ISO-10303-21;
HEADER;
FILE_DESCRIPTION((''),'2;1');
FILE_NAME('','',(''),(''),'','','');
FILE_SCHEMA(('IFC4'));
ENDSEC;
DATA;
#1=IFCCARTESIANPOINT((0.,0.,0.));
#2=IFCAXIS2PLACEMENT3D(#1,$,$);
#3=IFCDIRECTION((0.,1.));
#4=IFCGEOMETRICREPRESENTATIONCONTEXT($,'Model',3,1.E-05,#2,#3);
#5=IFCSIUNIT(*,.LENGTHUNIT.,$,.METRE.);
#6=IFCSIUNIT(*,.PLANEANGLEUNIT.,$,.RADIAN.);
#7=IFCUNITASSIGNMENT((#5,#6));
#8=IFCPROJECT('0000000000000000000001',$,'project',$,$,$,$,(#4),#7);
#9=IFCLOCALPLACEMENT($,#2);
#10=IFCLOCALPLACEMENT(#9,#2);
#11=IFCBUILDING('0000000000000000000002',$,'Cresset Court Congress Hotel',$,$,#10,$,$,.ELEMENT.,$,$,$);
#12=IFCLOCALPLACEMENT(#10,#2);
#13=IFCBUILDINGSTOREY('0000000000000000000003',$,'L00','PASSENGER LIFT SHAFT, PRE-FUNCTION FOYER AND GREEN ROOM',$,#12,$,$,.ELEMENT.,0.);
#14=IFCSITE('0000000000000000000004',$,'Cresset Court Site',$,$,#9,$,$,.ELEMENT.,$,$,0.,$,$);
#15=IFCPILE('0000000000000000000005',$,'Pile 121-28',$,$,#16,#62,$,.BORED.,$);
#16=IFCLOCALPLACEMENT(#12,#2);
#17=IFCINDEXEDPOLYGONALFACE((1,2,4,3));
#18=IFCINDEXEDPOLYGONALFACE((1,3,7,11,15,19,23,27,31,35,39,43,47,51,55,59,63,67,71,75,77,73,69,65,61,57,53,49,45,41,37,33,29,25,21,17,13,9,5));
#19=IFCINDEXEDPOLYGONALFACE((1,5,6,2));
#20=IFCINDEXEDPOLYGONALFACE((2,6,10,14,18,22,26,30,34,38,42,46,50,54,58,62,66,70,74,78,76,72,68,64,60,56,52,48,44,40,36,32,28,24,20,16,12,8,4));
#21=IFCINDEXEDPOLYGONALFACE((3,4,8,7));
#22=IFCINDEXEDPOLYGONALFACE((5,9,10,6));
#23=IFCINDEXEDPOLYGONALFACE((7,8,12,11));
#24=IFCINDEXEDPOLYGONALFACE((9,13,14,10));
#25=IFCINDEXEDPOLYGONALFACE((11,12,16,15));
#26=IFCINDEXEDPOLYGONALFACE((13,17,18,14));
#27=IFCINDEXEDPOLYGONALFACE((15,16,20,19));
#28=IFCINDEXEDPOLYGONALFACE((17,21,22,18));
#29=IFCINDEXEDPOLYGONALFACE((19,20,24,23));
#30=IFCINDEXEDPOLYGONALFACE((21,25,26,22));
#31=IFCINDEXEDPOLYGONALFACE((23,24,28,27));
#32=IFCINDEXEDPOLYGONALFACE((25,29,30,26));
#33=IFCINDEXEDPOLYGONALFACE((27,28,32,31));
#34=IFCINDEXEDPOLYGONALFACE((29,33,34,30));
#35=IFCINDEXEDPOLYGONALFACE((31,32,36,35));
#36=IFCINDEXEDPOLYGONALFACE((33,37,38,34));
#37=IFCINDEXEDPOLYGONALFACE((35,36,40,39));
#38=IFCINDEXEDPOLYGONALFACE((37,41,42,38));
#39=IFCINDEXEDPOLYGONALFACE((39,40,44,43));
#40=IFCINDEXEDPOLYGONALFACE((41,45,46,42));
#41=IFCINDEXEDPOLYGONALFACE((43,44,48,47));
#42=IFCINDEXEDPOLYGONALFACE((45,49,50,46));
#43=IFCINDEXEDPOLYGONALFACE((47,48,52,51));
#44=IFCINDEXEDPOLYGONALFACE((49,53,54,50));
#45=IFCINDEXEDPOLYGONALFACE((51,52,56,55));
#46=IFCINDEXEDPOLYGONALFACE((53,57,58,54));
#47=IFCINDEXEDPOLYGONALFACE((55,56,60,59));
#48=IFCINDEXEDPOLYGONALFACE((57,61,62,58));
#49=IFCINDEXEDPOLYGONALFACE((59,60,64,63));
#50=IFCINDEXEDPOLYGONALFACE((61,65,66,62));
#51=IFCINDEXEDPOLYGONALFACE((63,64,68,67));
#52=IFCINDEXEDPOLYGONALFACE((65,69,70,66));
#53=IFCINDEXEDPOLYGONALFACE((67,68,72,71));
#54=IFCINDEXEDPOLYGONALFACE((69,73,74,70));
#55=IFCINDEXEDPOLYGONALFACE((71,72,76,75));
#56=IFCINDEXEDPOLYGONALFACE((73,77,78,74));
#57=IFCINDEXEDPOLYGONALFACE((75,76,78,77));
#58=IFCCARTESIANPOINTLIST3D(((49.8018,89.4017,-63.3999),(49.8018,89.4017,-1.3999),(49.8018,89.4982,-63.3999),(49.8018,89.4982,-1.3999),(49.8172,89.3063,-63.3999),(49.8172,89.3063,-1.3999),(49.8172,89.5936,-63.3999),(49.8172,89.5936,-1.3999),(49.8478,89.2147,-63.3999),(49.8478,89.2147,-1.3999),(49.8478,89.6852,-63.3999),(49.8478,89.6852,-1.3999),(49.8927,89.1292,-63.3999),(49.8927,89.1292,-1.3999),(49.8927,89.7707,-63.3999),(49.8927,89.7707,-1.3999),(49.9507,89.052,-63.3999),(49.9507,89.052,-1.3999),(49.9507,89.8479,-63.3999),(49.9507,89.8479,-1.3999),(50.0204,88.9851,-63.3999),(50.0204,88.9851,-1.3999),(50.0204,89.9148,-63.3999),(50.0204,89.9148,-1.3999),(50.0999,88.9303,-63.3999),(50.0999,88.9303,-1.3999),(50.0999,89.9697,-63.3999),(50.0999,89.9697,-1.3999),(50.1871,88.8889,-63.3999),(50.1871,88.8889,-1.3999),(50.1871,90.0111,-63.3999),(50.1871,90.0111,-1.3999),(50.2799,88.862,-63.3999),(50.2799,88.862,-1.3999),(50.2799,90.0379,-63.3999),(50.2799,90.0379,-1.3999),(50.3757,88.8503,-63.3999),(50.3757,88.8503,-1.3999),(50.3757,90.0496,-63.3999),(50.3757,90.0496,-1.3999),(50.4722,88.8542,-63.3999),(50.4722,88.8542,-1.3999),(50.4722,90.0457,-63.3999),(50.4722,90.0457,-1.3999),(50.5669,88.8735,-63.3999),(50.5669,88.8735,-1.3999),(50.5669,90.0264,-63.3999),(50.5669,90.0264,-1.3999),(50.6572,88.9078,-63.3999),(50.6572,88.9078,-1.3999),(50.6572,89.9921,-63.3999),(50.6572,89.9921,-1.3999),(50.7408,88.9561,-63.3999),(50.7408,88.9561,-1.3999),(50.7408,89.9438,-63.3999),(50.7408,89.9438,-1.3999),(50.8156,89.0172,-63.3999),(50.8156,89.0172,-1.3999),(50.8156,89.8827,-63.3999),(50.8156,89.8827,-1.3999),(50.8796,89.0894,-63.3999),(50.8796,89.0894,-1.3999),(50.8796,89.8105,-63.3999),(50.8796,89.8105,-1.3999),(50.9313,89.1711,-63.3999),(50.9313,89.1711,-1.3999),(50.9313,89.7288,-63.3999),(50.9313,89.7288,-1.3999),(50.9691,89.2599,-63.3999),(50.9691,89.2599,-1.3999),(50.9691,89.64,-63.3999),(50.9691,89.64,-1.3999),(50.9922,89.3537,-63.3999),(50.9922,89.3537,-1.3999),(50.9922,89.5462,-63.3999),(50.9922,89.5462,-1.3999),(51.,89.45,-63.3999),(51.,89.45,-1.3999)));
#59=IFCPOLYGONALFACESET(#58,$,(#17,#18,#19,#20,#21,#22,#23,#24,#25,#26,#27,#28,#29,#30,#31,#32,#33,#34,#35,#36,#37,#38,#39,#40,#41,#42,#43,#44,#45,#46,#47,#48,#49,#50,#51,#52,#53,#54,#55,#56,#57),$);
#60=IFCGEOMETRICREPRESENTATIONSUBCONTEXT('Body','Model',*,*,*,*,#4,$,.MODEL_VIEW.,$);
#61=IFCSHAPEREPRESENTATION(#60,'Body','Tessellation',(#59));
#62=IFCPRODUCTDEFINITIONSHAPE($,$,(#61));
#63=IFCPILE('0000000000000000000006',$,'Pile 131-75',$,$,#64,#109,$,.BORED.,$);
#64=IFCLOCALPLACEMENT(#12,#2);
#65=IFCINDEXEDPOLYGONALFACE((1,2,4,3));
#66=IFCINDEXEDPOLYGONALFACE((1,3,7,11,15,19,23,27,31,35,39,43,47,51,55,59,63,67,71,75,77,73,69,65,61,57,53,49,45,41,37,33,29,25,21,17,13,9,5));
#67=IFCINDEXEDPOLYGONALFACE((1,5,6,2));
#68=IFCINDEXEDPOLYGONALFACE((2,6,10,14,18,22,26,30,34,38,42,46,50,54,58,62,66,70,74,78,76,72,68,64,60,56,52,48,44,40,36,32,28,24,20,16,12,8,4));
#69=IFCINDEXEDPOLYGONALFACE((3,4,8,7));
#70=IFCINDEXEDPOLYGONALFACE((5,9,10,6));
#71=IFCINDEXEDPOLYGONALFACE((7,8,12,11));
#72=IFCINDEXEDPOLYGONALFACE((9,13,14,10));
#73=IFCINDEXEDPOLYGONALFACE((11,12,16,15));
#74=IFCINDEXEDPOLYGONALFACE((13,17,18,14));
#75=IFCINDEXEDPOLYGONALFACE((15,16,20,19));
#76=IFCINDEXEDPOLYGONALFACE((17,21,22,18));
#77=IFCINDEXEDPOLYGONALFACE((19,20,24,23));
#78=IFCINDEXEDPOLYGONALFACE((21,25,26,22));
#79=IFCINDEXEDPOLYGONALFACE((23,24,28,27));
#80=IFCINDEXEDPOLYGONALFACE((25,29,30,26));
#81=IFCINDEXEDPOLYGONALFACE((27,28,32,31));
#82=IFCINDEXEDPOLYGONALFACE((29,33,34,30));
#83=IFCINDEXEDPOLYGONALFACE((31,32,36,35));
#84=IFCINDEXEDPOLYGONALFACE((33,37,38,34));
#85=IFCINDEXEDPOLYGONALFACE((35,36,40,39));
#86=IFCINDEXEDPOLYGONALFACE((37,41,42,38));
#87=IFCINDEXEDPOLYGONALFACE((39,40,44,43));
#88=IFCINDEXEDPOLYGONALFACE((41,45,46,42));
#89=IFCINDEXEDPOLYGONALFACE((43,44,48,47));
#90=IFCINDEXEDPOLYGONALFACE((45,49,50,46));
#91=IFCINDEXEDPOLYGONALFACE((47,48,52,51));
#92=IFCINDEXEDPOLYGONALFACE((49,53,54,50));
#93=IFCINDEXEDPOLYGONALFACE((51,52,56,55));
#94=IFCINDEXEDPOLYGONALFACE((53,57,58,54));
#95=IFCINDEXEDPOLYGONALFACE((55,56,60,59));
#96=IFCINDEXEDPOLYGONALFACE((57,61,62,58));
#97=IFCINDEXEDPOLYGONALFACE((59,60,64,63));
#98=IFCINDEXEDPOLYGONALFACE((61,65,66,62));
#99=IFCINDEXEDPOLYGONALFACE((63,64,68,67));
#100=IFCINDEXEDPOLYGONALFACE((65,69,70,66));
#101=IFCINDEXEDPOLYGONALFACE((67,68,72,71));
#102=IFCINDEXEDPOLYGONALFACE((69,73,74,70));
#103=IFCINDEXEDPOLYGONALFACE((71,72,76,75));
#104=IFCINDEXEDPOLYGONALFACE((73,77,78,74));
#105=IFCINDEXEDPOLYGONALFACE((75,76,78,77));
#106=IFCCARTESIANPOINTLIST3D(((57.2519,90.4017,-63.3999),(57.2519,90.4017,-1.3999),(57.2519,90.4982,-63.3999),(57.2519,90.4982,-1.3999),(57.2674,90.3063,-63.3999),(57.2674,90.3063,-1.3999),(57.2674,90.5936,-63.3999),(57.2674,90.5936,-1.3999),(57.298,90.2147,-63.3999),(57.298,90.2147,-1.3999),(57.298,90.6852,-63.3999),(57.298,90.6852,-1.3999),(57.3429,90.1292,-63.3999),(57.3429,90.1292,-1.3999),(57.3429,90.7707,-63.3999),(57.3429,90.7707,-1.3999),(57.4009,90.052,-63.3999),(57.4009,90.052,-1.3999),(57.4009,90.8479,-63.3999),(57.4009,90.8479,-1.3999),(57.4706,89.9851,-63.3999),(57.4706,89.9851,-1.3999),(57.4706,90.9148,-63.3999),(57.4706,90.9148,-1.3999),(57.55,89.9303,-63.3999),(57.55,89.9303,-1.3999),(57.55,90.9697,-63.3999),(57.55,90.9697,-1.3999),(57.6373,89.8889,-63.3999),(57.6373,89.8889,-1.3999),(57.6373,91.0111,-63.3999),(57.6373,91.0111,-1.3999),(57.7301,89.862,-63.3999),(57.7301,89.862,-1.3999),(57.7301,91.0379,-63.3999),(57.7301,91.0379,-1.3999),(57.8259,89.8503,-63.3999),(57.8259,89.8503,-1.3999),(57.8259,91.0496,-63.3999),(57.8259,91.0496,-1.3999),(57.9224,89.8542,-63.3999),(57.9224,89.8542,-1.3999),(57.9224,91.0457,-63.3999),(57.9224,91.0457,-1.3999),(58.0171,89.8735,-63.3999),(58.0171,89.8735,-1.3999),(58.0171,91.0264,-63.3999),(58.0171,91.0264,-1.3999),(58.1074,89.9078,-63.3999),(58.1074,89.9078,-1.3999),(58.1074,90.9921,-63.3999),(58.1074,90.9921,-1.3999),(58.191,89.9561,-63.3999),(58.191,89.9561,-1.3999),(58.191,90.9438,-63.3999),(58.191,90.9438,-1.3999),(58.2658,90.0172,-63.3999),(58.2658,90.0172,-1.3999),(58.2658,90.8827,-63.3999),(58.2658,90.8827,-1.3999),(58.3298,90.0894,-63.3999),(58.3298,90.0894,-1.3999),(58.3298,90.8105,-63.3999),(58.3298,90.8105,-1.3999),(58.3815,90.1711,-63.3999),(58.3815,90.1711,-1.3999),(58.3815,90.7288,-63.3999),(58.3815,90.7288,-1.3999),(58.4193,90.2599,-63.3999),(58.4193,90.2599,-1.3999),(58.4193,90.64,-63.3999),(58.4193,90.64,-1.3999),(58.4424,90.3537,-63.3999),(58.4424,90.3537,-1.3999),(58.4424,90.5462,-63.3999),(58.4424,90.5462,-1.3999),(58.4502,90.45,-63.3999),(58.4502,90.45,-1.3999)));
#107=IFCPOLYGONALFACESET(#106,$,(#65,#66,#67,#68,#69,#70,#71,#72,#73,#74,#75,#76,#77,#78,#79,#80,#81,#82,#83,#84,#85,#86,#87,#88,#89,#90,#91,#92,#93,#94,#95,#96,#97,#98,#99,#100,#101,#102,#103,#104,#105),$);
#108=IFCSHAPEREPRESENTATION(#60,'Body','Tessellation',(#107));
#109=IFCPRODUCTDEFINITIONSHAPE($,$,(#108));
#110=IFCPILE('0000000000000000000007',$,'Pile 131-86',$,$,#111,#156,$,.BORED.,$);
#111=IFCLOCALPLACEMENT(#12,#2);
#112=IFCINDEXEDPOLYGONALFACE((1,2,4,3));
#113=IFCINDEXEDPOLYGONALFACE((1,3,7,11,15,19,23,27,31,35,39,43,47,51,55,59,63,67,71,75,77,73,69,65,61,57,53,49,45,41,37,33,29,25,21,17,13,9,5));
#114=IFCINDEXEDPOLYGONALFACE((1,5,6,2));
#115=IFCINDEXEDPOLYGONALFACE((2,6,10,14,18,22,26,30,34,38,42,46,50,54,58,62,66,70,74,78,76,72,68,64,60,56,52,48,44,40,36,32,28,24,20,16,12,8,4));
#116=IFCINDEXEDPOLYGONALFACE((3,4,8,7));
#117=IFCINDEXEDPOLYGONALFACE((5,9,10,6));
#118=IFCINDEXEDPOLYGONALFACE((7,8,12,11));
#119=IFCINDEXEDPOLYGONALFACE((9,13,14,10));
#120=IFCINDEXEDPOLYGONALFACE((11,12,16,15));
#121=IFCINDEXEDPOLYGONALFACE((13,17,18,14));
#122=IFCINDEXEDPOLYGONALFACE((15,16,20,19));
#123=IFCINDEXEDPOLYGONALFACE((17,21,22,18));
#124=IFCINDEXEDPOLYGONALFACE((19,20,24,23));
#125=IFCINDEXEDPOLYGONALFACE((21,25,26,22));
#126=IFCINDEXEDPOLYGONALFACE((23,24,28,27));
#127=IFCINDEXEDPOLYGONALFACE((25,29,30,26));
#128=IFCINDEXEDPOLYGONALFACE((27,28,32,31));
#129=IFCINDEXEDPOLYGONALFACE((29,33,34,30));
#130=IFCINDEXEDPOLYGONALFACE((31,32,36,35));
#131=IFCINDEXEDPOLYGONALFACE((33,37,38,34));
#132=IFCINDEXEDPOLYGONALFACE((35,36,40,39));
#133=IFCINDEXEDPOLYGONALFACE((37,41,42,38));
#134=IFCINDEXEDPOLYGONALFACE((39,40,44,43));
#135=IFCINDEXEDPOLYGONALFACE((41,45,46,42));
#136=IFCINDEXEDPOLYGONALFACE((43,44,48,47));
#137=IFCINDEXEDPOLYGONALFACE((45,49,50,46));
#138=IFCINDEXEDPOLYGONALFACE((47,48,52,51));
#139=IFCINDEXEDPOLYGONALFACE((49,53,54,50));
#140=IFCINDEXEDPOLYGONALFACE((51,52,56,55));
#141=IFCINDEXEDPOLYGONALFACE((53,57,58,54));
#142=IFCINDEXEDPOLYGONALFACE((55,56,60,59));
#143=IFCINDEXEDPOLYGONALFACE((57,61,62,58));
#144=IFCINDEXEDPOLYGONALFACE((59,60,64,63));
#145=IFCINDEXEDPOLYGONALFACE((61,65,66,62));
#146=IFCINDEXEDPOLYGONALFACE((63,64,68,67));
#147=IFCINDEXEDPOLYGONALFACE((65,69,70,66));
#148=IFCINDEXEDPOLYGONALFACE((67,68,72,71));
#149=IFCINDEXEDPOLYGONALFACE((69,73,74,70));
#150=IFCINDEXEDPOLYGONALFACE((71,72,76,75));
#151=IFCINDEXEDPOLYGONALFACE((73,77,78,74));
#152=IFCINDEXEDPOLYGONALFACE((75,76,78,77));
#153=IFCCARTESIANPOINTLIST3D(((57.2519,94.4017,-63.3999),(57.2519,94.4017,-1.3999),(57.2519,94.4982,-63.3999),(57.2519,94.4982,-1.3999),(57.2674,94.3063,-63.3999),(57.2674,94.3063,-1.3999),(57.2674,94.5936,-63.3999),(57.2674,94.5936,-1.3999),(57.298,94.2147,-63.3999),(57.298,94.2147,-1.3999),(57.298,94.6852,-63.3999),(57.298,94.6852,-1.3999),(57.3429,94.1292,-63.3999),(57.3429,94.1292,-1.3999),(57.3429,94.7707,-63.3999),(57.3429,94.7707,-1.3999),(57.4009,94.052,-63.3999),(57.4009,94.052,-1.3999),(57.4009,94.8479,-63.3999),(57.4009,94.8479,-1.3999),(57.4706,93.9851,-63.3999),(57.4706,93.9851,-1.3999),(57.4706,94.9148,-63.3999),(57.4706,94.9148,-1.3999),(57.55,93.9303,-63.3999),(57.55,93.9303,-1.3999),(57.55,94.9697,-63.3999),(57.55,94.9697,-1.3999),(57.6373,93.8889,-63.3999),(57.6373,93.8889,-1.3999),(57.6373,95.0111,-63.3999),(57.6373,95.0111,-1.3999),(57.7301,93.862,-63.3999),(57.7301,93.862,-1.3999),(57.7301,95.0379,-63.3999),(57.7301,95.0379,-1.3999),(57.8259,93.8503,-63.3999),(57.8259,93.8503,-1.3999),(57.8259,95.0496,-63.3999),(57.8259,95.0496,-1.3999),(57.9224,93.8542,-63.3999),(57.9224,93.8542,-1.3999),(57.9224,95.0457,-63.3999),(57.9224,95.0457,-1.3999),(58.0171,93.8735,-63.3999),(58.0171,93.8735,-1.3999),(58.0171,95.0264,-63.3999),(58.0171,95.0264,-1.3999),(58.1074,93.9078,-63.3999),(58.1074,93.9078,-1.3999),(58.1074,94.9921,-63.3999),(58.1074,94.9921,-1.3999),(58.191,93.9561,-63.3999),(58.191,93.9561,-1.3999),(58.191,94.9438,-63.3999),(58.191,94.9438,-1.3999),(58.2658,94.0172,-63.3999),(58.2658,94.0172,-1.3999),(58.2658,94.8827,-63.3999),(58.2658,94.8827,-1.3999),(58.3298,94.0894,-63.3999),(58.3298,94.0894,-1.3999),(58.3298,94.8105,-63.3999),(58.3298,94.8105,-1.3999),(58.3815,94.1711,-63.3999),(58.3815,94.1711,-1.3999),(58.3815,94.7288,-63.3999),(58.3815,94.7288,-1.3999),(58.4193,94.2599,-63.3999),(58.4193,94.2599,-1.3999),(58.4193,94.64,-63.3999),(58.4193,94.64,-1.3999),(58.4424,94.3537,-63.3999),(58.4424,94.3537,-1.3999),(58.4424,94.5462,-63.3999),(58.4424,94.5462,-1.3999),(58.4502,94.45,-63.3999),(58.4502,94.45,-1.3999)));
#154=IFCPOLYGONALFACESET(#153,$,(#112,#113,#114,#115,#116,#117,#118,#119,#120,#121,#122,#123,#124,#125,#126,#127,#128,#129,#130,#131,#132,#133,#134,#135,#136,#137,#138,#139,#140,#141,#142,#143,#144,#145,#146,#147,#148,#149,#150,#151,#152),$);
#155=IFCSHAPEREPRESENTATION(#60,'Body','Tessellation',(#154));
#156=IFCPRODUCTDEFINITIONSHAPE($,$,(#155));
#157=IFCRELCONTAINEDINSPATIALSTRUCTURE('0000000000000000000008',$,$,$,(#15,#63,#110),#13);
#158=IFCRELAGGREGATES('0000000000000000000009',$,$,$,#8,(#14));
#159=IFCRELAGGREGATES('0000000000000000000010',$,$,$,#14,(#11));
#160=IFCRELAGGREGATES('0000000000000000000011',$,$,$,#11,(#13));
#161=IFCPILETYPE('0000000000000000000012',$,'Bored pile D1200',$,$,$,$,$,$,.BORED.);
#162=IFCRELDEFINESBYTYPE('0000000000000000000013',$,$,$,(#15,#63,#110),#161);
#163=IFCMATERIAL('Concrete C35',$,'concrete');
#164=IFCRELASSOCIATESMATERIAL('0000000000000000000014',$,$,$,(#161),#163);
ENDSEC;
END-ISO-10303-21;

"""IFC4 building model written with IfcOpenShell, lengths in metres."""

from ifc_helpers import new_model, si_unit, direction, frame, origin, origin_2d, place, context, subcontext, project, spatial, circle, extrude, material, type_object, element, save


model = new_model("IFC4")

# Units and contexts
model_context = context("Model", 3, precision=1e-05, world=origin(), true_north=direction((0.0, 1.0)))
body_context = subcontext(model_context, "Body", "Model", "MODEL_VIEW")
ifc_project = project(units=[si_unit("LENGTHUNIT", "METRE"), si_unit("PLANEANGLEUNIT", "RADIAN")], contexts=[model_context])

# Site, building, storey
site_placement = place(None, origin())
site = spatial("IfcSite", under=ifc_project, at=site_placement, Name="Cresset Court Site", CompositionType="ELEMENT", RefElevation=0.0)
building_placement = place(site_placement, origin())
building = spatial("IfcBuilding", under=site, at=building_placement, Name="Cresset Court Congress Hotel", CompositionType="ELEMENT")
storey_placement = place(building_placement, origin())
storey = spatial("IfcBuildingStorey", under=building, at=storey_placement, Name="L00", Description="PASSENGER LIFT SHAFT, PRE-FUNCTION FOYER AND GREEN ROOM", CompositionType="ELEMENT", Elevation=0.0)

# Piles
ifc_material_1 = material(Name="Concrete C35", Category="concrete")
pile_type = type_object("IfcPileType", Name="Bored pile D1200", PredefinedType="BORED", material=ifc_material_1)
for number, where, z_axis, x_axis, name in (
    (1, (50.3999, 89.45, -1.3999), (0.0, 0.0, -1.0), (1.0, 0.0, 0.0), "Pile 121-28"),
    (2, (57.8501, 90.45, -1.3999), (0.0, 0.0, -1.0), (1.0, 0.0, 0.0), "Pile 131-75"),
    (3, (57.8501, 94.45, -1.3999), (0.0, 0.0, -1.0), (1.0, 0.0, 0.0), "Pile 131-86"),
):
    element("IfcPile", number, at=place(storey_placement, frame(where, z_axis=z_axis, x_axis=x_axis)), inside=storey, type_object=pile_type, Name=name, PredefinedType="BORED", context=body_context, shape_type="SweptSolid", body=[
        extrude(circle(Radius=0.6001, at=origin_2d()), origin(), (0.0, 0.0, 1.0), 62.0),
    ])

save(model, "model.ifc")
